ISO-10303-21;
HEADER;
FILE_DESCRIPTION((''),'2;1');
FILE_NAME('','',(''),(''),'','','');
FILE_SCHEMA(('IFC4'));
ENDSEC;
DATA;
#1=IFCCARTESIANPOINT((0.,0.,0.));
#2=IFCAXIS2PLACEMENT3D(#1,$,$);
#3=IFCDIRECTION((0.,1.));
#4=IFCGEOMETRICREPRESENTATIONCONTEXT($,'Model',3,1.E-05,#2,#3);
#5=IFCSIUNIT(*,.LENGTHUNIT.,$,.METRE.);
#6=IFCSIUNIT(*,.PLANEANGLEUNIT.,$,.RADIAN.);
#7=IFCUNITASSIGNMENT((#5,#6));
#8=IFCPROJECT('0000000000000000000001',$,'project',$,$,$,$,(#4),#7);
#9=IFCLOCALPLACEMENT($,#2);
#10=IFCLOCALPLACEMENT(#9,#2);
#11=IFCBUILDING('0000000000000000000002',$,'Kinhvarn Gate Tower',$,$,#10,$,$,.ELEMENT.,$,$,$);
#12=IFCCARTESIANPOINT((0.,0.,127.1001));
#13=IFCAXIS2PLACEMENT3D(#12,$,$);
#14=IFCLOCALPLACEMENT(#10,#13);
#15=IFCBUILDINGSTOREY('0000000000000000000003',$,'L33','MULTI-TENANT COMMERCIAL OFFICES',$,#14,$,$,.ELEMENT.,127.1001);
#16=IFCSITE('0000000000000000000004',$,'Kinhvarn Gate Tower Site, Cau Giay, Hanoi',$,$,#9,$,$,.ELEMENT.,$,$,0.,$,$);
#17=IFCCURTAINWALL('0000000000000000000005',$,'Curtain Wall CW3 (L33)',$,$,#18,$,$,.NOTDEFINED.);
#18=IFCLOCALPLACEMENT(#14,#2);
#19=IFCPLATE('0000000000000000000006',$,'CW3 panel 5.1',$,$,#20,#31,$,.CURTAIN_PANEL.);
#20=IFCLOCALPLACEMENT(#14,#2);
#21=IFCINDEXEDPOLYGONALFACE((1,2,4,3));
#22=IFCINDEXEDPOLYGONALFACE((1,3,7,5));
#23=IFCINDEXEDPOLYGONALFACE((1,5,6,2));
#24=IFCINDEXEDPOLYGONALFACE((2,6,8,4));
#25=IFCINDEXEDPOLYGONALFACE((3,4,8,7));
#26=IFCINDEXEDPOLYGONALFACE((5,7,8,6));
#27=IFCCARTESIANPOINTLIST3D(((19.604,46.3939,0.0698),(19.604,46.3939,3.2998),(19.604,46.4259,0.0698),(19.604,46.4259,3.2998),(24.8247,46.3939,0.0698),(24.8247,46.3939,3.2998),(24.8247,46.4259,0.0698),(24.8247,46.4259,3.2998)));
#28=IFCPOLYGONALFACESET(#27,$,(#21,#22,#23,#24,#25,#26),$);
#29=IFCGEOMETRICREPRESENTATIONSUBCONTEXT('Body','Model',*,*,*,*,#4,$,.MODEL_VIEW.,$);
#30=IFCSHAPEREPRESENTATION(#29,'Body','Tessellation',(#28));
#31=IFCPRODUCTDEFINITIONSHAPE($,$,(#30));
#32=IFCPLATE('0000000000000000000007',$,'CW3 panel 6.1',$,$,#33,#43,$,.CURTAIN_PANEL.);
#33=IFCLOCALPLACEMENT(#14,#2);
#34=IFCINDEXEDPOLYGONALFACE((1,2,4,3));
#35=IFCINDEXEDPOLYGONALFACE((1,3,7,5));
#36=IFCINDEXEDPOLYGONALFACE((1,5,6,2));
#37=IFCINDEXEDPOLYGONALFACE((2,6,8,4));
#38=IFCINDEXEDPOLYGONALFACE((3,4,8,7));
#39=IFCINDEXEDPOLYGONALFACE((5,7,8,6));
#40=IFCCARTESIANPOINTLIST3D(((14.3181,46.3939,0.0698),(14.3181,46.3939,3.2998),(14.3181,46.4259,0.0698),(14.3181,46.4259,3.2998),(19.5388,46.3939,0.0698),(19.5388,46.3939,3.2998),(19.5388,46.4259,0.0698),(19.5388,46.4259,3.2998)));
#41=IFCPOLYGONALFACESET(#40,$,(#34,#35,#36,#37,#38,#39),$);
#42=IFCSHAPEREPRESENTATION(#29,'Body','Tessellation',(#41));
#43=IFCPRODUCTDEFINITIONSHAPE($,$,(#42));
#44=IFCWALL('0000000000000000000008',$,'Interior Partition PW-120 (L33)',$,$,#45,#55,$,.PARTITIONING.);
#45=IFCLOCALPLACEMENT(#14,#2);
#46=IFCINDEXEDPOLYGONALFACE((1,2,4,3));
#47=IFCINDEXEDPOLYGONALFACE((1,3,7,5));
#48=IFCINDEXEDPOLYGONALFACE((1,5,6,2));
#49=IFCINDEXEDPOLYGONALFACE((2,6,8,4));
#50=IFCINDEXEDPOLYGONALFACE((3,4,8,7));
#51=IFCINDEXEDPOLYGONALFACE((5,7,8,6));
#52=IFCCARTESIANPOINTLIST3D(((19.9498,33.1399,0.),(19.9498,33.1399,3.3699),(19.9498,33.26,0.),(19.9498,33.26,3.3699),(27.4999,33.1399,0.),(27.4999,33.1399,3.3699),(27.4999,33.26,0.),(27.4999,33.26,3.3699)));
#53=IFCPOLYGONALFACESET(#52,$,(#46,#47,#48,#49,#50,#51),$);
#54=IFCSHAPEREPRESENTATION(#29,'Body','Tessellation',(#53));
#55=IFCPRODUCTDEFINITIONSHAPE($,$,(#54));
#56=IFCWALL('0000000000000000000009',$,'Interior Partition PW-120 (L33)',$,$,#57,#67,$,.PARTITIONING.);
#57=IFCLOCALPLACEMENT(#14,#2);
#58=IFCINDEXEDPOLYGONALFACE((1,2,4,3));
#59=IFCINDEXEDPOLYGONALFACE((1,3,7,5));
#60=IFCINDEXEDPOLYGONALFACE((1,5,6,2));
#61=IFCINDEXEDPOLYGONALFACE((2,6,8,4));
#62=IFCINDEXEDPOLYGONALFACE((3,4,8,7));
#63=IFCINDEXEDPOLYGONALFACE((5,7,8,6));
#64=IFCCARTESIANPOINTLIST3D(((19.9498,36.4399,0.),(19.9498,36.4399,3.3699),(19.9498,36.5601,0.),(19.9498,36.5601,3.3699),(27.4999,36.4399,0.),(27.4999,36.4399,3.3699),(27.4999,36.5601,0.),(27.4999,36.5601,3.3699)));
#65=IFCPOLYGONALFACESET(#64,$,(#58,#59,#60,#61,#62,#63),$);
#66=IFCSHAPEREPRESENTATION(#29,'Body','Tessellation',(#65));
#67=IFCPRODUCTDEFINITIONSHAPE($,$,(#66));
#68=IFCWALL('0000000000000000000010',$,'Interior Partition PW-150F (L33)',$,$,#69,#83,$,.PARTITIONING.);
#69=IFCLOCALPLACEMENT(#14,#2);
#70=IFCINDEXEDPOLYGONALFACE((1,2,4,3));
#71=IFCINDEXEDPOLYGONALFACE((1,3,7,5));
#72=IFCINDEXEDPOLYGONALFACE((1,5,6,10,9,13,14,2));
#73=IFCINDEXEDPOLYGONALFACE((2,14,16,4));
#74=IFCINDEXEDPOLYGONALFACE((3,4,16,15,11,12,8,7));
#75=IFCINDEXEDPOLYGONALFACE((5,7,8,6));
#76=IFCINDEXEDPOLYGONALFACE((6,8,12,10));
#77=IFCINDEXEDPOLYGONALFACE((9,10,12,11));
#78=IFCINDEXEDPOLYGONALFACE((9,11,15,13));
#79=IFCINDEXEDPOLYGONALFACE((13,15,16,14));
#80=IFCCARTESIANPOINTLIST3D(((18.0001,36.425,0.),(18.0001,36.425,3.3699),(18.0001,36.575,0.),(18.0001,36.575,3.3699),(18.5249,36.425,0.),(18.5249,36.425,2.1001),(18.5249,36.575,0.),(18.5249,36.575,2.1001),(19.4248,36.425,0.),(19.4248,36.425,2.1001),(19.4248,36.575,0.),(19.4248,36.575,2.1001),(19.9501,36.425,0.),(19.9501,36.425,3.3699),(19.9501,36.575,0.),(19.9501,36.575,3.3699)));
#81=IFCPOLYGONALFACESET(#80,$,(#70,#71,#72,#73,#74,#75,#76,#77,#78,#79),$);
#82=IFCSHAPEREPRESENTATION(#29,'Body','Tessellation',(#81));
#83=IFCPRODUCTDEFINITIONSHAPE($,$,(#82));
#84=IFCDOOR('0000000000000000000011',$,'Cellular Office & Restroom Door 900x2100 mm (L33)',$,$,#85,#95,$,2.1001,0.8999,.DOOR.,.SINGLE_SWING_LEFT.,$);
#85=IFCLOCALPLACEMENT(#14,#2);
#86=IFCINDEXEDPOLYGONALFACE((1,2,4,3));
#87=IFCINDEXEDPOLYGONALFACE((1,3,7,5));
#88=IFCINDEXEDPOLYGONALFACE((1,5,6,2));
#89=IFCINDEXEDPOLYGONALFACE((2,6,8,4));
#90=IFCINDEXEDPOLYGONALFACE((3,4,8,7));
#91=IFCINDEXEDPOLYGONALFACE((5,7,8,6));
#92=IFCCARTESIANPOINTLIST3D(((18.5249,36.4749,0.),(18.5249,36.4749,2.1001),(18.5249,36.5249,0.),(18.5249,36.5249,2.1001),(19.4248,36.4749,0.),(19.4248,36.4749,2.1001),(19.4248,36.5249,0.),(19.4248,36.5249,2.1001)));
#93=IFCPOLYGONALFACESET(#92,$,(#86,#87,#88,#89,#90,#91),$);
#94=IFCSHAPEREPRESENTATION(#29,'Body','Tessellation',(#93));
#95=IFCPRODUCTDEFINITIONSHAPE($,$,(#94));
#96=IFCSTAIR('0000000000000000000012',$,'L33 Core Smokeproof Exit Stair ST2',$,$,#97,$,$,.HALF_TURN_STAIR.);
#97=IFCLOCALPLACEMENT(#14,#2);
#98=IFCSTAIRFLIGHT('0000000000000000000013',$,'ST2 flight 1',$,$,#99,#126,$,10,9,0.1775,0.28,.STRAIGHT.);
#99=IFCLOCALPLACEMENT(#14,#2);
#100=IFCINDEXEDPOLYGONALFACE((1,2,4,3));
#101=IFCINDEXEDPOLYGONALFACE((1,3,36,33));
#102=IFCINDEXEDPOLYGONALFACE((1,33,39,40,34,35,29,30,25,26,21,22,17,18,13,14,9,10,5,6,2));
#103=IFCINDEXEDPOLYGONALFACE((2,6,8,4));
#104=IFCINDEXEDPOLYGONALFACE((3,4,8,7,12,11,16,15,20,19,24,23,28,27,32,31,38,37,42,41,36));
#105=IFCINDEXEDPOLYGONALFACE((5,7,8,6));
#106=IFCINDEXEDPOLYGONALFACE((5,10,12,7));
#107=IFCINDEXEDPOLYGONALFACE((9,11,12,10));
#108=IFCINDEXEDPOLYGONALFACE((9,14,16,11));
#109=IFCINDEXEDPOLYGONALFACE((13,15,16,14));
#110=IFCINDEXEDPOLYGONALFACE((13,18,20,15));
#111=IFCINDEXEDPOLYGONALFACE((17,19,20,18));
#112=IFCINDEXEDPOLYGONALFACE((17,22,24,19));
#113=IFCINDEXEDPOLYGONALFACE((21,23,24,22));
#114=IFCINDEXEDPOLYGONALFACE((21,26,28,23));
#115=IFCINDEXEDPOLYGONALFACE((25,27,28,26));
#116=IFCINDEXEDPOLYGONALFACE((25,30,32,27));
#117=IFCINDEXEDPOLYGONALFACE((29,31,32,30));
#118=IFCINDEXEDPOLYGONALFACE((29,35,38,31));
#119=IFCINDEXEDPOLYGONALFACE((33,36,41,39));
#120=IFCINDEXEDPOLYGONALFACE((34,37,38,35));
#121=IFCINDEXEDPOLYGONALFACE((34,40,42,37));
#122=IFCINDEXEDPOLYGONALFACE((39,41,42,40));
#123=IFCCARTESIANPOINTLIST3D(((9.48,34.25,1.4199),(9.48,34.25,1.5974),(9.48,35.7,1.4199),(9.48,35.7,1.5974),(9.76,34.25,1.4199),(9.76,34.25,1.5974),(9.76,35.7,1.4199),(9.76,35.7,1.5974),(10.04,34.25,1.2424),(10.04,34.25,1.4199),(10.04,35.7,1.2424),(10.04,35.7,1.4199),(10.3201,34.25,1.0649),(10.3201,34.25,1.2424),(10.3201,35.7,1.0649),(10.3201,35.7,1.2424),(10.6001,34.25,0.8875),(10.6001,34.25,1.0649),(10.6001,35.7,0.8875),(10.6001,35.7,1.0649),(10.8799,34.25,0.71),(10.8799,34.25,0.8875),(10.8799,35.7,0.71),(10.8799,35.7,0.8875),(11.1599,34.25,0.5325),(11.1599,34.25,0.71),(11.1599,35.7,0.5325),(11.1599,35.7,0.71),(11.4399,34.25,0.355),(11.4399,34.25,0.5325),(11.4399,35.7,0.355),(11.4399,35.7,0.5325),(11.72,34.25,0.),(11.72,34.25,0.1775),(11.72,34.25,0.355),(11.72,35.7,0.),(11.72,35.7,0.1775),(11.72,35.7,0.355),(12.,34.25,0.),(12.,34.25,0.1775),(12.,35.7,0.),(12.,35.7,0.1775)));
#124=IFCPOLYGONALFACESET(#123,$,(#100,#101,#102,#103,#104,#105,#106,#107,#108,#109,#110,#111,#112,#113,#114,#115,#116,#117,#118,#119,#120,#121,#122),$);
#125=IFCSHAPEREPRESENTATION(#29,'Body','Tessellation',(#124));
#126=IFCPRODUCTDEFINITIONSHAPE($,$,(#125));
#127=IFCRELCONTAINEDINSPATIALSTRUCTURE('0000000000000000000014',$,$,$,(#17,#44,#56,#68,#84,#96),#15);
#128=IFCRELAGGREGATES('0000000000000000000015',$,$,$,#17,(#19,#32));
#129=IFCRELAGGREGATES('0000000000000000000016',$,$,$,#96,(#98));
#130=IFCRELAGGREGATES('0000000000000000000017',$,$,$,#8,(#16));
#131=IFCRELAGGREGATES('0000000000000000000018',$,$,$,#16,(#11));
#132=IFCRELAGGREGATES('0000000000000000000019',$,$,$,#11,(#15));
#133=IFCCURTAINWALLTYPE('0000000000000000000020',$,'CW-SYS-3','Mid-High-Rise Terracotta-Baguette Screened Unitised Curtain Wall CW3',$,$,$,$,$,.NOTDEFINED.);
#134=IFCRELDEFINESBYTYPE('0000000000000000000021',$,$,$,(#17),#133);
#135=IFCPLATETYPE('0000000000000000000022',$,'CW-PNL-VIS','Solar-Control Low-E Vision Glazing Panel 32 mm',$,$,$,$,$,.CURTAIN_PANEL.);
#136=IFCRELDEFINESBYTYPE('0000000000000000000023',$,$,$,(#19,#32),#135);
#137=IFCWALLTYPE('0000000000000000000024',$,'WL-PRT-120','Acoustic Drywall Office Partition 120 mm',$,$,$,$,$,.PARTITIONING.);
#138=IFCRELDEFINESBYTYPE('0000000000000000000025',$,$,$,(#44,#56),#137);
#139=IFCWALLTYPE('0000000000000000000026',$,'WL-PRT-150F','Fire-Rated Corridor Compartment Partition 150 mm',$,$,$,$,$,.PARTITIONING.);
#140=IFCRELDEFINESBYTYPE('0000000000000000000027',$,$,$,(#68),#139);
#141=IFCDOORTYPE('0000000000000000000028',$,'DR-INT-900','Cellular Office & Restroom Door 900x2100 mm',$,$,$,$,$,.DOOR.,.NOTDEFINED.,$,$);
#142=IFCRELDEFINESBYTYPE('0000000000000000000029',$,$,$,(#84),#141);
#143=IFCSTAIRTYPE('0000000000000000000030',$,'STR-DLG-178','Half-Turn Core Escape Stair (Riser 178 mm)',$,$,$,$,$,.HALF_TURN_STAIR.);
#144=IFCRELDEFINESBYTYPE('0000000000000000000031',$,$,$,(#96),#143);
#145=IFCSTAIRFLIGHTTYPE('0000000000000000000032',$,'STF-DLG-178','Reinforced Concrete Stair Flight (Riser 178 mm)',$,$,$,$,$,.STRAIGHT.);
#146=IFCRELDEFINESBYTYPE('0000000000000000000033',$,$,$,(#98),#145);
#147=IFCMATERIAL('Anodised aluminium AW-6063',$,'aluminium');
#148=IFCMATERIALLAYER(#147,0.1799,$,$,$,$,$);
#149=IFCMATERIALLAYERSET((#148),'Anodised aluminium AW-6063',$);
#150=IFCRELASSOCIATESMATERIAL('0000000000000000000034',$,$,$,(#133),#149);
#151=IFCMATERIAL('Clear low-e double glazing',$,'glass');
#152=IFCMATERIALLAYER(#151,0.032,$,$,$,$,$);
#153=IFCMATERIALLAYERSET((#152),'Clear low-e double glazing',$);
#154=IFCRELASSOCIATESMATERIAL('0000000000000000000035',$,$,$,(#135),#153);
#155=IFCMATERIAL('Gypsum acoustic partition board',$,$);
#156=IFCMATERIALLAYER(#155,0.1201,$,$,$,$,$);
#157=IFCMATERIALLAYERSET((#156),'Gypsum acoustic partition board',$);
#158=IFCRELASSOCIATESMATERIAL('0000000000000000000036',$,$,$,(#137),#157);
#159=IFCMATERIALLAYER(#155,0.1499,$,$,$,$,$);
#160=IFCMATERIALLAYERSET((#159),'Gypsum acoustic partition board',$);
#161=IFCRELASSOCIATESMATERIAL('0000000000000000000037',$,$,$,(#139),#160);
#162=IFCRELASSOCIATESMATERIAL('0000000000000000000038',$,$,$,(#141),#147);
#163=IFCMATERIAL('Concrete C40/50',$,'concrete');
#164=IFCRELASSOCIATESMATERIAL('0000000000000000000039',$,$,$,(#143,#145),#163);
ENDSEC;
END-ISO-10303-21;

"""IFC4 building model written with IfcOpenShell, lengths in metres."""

from ifc_helpers import new_model, si_unit, direction, frame, frame_2d, origin, origin_2d, place, context, subcontext, project, spatial, polyline, rectangle, outline, extrude, material, layer, layer_set, type_object, element, fill, aggregate, save


model = new_model("IFC4")

# Units and contexts
model_context = context("Model", 3, precision=1e-05, world=origin(), true_north=direction((0.0, 1.0)))
body_context = subcontext(model_context, "Body", "Model", "MODEL_VIEW")
ifc_project = project(units=[si_unit("LENGTHUNIT", "METRE"), si_unit("PLANEANGLEUNIT", "RADIAN")], contexts=[model_context])

# Site, building, storey
site_placement = place(None, origin())
site = spatial("IfcSite", under=ifc_project, at=site_placement, Name="Kinhvarn Gate Tower Site, Cau Giay, Hanoi", CompositionType="ELEMENT", RefElevation=0.0)
building_placement = place(site_placement, origin())
building = spatial("IfcBuilding", under=site, at=building_placement, Name="Kinhvarn Gate Tower", CompositionType="ELEMENT")
storey_placement = place(building_placement, frame((0.0, 0.0, 127.1001)))
storey = spatial("IfcBuildingStorey", under=building, at=storey_placement, Name="L33", Description="MULTI-TENANT COMMERCIAL OFFICES", CompositionType="ELEMENT", Elevation=127.1001)

# Curtain wall
ifc_material_1 = material(Name="Anodised aluminium AW-6063", Category="aluminium")
ifc_layer_1 = layer(ifc_material_1, 0.1799)
ifc_layer_set_1 = layer_set([ifc_layer_1], Name="Anodised aluminium AW-6063")
curtain_wall_type = type_object("IfcCurtainWallType", Name="CW-SYS-3", Description="Mid-High-Rise Terracotta-Baguette Screened Unitised Curtain Wall CW3", PredefinedType="NOTDEFINED", material=ifc_layer_set_1)
curtain_wall_placement = place(storey_placement, origin())
curtain_wall = element("IfcCurtainWall", 1, at=curtain_wall_placement, inside=storey, type_object=curtain_wall_type, Name="Curtain Wall CW3 (L33)", PredefinedType="NOTDEFINED")

# Plates
ifc_material_2 = material(Name="Clear low-e double glazing", Category="glass")
ifc_layer_2 = layer(ifc_material_2, 0.032)
ifc_layer_set_2 = layer_set([ifc_layer_2], Name="Clear low-e double glazing")
plate_type = type_object("IfcPlateType", Name="CW-PNL-VIS", Description="Solar-Control Low-E Vision Glazing Panel 32 mm", PredefinedType="CURTAIN_PANEL", material=ifc_layer_set_2)
plate_1_placement = place(storey_placement, frame((22.2144, 46.4099, 0.0698), z_axis=(0.0, 0.0, 1.0), x_axis=(-1.0, 0.0, 0.0)))
plate_1 = element("IfcPlate", 2, at=plate_1_placement, type_object=plate_type, Name="CW3 panel 5.1", PredefinedType="CURTAIN_PANEL", context=body_context, shape_type="SweptSolid", body=[
    extrude(rectangle(XDim=5.2207, YDim=0.032, at=origin_2d()), origin(), (0.0, 0.0, 1.0), 3.23),
])
plate_2_placement = place(storey_placement, frame((16.9285, 46.4099, 0.0698), z_axis=(0.0, 0.0, 1.0), x_axis=(-1.0, 0.0, 0.0)))
plate_2 = element("IfcPlate", 3, at=plate_2_placement, type_object=plate_type, Name="CW3 panel 6.1", PredefinedType="CURTAIN_PANEL", context=body_context, shape_type="SweptSolid", body=[
    extrude(rectangle(XDim=5.2207, YDim=0.032, at=origin_2d()), origin(), (0.0, 0.0, 1.0), 3.23),
])
aggregate(curtain_wall, [plate_1, plate_2])

# Walls
ifc_material_3 = material(Name="Gypsum acoustic partition board")
ifc_layer_3 = layer(ifc_material_3, 0.1201)
ifc_layer_set_3 = layer_set([ifc_layer_3], Name="Gypsum acoustic partition board")
wall_type_1 = type_object("IfcWallType", Name="WL-PRT-120", Description="Acoustic Drywall Office Partition 120 mm", PredefinedType="PARTITIONING", material=ifc_layer_set_3)
for number, where, z_axis, x_axis, name in (
    (4, (19.95, 33.2, 0.0), (0.0, 0.0, 1.0), (1.0, 0.0, 0.0), "Interior Partition PW-120 (L33)"),
    (5, (19.95, 36.5, 0.0), (0.0, 0.0, 1.0), (1.0, 0.0, 0.0), "Interior Partition PW-120 (L33)"),
):
    element("IfcWall", number, at=place(storey_placement, frame(where, z_axis=z_axis, x_axis=x_axis)), inside=storey, type_object=wall_type_1, Name=name, PredefinedType="PARTITIONING", context=body_context, shape_type="SweptSolid", body=[
        extrude(rectangle(XDim=7.55, YDim=0.1201, at=frame_2d((3.7749, 0.0))), origin(), (0.0, 0.0, 1.0), 3.3699),
    ])

# Wall, opening, door
ifc_layer_4 = layer(ifc_material_3, 0.1499)
ifc_layer_set_4 = layer_set([ifc_layer_4], Name="Gypsum acoustic partition board")
wall_type_2 = type_object("IfcWallType", Name="WL-PRT-150F", Description="Fire-Rated Corridor Compartment Partition 150 mm", PredefinedType="PARTITIONING", material=ifc_layer_set_4)
wall_1_placement = place(storey_placement, frame((18.0, 36.5, 0.0), z_axis=(0.0, 0.0, 1.0), x_axis=(1.0, 0.0, 0.0)))
wall_1 = element("IfcWall", 6, at=wall_1_placement, inside=storey, type_object=wall_type_2, Name="Interior Partition PW-150F (L33)", PredefinedType="PARTITIONING", context=body_context, shape_type="SweptSolid", body=[
    extrude(rectangle(XDim=1.95, YDim=0.1499, at=frame_2d((0.9751, 0.0))), origin(), (0.0, 0.0, 1.0), 3.3699),
])
opening_1_placement = place(wall_1_placement, frame((0.5249, 0.0, 0.0)))
opening_1 = element("IfcOpeningElement", 7, at=opening_1_placement, cuts=wall_1, PredefinedType="OPENING", context=body_context, shape_type="SweptSolid", body=[
    extrude(rectangle(XDim=0.8999, YDim=2.1001, at=frame_2d((0.45, 1.05))), frame((0.0, 0.085, 0.0), z_axis=(0.0, -1.0, 0.0), x_axis=(1.0, 0.0, 0.0)), (0.0, 0.0, 1.0), 0.1699),
])
door_type_1 = type_object("IfcDoorType", Name="DR-INT-900", Description="Cellular Office & Restroom Door 900x2100 mm", OperationType="NOTDEFINED", PredefinedType="DOOR", material=ifc_material_1)
door_1_placement = place(opening_1_placement, origin())
door_1 = element("IfcDoor", 8, at=door_1_placement, inside=storey, type_object=door_type_1, Name="Cellular Office & Restroom Door 900x2100 mm (L33)", OperationType="SINGLE_SWING_LEFT", OverallHeight=2.1001, OverallWidth=0.8999, PredefinedType="DOOR", context=body_context, shape_type="SweptSolid", body=[
    extrude(rectangle(XDim=0.8999, YDim=2.1001, at=frame_2d((0.45, 1.05))), frame((0.0, 0.0249, 0.0), z_axis=(0.0, -1.0, 0.0), x_axis=(1.0, 0.0, 0.0)), (0.0, 0.0, 1.0), 0.05),
])
fill(opening_1, door_1)
ifc_material_4 = material(Name="Concrete C40/50", Category="concrete")

# Stair, stair flight
stair_type = type_object("IfcStairType", Name="STR-DLG-178", Description="Half-Turn Core Escape Stair (Riser 178 mm)", PredefinedType="HALF_TURN_STAIR", material=ifc_material_4)
stair_placement = place(storey_placement, origin())
stair = element("IfcStair", 9, at=stair_placement, inside=storey, type_object=stair_type, Name="L33 Core Smokeproof Exit Stair ST2", PredefinedType="HALF_TURN_STAIR")
stair_flight_type = type_object("IfcStairFlightType", Name="STF-DLG-178", Description="Reinforced Concrete Stair Flight (Riser 178 mm)", PredefinedType="STRAIGHT", material=ifc_material_4)
stair_flight_placement = place(storey_placement, frame((12.0, 34.9751, 0.0), z_axis=(0.0, 0.0, 1.0), x_axis=(-1.0, 0.0, 0.0)))
stair_flight = element("IfcStairFlight", 10, at=stair_flight_placement, type_object=stair_flight_type, Name="ST2 flight 1", NumberOfRisers=10, NumberOfTreads=9, PredefinedType="STRAIGHT", RiserHeight=0.1775, TreadLength=0.28, context=body_context, shape_type="SweptSolid", body=[
    extrude(outline(polyline([(0.0, 0.0), (0.0, 0.1775), (0.28, 0.1775), (0.28, 0.355), (0.5601, 0.355), (0.5601, 0.5325), (0.8401, 0.5325), (0.8401, 0.71), (1.1201, 0.71), (1.1201, 0.8875), (1.3999, 0.8875), (1.3999, 1.0649), (1.6799, 1.0649), (1.6799, 1.2424), (1.96, 1.2424), (1.96, 1.4199), (2.24, 1.4199), (2.24, 1.5974), (2.52, 1.5974), (2.52, 1.7749), (2.52, 1.4199), (0.28, 0.0), (0.0, 0.0)])), frame((0.0, 0.7251, 0.0), z_axis=(0.0, -1.0, 0.0), x_axis=(1.0, 0.0, 0.0)), (0.0, 0.0, 1.0), 1.45),
])
aggregate(stair, [stair_flight])

save(model, "model.ifc")
